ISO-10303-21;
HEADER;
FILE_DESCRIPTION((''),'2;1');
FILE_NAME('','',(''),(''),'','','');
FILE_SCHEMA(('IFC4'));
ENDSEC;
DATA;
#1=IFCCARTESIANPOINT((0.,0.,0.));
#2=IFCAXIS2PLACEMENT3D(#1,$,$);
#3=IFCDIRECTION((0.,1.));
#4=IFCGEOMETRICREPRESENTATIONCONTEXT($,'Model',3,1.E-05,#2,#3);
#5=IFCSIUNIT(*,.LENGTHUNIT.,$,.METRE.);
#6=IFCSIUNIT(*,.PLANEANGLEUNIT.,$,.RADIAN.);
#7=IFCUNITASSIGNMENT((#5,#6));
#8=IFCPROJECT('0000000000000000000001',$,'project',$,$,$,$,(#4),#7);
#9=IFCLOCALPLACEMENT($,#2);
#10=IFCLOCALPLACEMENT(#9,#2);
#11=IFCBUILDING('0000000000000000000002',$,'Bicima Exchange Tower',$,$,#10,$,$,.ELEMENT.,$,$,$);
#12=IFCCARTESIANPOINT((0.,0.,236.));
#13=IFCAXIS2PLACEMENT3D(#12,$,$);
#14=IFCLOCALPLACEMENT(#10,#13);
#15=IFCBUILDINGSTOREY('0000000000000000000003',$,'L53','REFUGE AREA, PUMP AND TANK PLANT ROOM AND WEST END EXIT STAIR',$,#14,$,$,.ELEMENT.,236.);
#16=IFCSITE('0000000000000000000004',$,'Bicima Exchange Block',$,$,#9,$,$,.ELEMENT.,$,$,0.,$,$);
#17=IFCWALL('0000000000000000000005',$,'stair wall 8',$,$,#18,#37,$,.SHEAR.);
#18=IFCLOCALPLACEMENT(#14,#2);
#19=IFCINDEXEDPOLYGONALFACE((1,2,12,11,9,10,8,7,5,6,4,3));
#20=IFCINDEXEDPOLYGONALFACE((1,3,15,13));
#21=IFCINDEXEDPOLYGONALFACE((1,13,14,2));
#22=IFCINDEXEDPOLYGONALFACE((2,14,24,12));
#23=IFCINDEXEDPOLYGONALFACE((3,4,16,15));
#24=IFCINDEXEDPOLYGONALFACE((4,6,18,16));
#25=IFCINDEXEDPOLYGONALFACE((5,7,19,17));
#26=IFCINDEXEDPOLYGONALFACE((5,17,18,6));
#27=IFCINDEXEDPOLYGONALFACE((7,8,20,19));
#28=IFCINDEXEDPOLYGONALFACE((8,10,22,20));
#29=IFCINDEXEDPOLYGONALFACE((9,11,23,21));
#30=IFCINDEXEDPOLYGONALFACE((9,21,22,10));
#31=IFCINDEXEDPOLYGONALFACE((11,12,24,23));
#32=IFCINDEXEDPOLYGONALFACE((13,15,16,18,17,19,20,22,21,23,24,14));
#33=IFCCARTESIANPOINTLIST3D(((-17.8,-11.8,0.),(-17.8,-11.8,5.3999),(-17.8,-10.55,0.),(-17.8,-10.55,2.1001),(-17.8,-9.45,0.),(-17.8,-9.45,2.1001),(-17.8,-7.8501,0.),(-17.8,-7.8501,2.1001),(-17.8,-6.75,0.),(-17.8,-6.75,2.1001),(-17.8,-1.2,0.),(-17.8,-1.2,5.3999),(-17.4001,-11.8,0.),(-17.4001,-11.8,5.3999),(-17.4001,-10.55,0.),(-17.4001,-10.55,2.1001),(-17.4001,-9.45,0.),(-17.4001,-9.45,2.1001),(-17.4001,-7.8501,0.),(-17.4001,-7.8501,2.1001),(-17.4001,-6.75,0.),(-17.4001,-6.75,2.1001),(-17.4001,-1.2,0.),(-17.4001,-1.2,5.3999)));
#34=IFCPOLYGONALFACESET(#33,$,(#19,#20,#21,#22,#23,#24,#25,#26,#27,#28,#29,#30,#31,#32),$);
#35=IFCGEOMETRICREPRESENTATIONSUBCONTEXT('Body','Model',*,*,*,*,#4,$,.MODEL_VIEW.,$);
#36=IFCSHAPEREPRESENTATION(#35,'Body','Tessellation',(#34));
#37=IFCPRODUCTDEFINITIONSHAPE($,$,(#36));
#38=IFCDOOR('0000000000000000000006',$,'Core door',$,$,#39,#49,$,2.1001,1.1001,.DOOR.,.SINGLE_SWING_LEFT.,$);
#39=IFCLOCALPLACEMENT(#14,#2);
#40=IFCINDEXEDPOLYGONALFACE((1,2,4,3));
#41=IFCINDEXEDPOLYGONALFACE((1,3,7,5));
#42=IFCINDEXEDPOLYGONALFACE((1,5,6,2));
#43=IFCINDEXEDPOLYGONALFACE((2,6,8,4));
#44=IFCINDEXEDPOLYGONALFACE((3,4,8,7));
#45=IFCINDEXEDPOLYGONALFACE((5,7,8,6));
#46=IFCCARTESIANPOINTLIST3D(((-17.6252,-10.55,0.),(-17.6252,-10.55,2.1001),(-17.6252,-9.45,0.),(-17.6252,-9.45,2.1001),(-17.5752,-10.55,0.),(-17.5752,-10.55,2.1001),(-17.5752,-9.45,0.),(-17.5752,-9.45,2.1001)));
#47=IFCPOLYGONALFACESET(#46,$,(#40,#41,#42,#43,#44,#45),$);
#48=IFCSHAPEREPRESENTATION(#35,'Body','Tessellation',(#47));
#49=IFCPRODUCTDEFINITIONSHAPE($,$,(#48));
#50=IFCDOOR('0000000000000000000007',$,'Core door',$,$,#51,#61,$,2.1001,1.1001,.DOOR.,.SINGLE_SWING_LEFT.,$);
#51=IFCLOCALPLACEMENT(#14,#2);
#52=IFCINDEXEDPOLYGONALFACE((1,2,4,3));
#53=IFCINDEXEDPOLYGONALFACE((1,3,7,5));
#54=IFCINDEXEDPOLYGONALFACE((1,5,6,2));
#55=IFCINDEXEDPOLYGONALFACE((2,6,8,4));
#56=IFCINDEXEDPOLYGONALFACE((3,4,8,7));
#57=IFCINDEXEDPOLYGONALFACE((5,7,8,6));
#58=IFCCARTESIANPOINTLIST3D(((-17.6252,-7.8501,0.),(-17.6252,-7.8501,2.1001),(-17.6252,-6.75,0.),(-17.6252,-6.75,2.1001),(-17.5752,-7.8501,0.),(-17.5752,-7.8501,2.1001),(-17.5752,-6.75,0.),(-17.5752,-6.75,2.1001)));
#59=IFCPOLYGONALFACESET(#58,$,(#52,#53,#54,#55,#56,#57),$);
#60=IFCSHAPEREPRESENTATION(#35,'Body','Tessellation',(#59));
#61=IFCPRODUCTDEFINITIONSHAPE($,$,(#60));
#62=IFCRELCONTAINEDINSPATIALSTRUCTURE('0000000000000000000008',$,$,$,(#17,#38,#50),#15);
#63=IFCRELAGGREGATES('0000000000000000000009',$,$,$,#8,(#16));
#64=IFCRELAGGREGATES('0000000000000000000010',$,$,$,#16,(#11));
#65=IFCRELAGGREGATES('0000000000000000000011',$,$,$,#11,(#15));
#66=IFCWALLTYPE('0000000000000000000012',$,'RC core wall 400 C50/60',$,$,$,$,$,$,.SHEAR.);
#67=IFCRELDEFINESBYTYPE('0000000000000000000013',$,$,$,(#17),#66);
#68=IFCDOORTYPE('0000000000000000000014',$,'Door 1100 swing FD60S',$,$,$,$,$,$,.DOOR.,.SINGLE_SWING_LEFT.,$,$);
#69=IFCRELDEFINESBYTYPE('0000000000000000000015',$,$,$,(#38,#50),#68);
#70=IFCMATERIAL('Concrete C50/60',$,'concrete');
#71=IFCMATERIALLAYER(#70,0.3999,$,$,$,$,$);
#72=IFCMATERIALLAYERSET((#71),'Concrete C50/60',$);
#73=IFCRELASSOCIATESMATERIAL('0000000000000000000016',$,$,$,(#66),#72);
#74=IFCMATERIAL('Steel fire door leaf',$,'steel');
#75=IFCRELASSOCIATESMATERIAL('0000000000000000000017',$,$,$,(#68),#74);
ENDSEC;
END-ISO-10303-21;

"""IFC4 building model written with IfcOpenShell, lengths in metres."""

from ifc_helpers import new_model, si_unit, direction, frame, frame_2d, origin, place, context, subcontext, project, spatial, rectangle, extrude, material, layer, layer_set, type_object, element, fill, save


model = new_model("IFC4")

# Units and contexts
model_context = context("Model", 3, precision=1e-05, world=origin(), true_north=direction((0.0, 1.0)))
body_context = subcontext(model_context, "Body", "Model", "MODEL_VIEW")
ifc_project = project(units=[si_unit("LENGTHUNIT", "METRE"), si_unit("PLANEANGLEUNIT", "RADIAN")], contexts=[model_context])

# Site, building, storey
site_placement = place(None, origin())
site = spatial("IfcSite", under=ifc_project, at=site_placement, Name="Bicima Exchange Block", CompositionType="ELEMENT", RefElevation=0.0)
building_placement = place(site_placement, origin())
building = spatial("IfcBuilding", under=site, at=building_placement, Name="Bicima Exchange Tower", CompositionType="ELEMENT")
storey_placement = place(building_placement, frame((0.0, 0.0, 236.0)))
storey = spatial("IfcBuildingStorey", under=building, at=storey_placement, Name="L53", Description="REFUGE AREA, PUMP AND TANK PLANT ROOM AND WEST END EXIT STAIR", CompositionType="ELEMENT", Elevation=236.0)

# Shared definitions
ifc_material_1 = material(Name="Concrete C50/60", Category="concrete")
ifc_material_2 = material(Name="Steel fire door leaf", Category="steel")

# Wall, openings, doors
ifc_layer_1 = layer(ifc_material_1, 0.3999)
ifc_layer_set_1 = layer_set([ifc_layer_1], Name="Concrete C50/60")
wall_type_1 = type_object("IfcWallType", Name="RC core wall 400 C50/60", PredefinedType="SHEAR", material=ifc_layer_set_1)
wall_1_placement = place(storey_placement, frame((-17.6001, -11.8, 0.0), z_axis=(0.0, 0.0, 1.0), x_axis=(0.0, 1.0, 0.0)))
wall_1 = element("IfcWall", 1, at=wall_1_placement, inside=storey, type_object=wall_type_1, Name="stair wall 8", PredefinedType="SHEAR", context=body_context, shape_type="SweptSolid", body=[
    extrude(rectangle(XDim=10.6001, YDim=0.3999, at=frame_2d((5.3, 0.0))), origin(), (0.0, 0.0, 1.0), 5.3999),
])
opening_1_placement = place(wall_1_placement, frame((1.25, 0.0, 0.0)))
opening_1 = element("IfcOpeningElement", 2, at=opening_1_placement, cuts=wall_1, PredefinedType="OPENING", context=body_context, shape_type="SweptSolid", body=[
    extrude(rectangle(XDim=1.1001, YDim=2.1001, at=frame_2d((0.55, 1.05))), frame((0.0, 0.2119, 0.0), z_axis=(0.0, -1.0, 0.0), x_axis=(1.0, 0.0, 0.0)), (0.0, 0.0, 1.0), 0.4238),
])
opening_2_placement = place(wall_1_placement, frame((3.95, 0.0, 0.0)))
opening_2 = element("IfcOpeningElement", 3, at=opening_2_placement, cuts=wall_1, PredefinedType="OPENING", context=body_context, shape_type="SweptSolid", body=[
    extrude(rectangle(XDim=1.1001, YDim=2.1001, at=frame_2d((0.55, 1.05))), frame((0.0, 0.2119, 0.0), z_axis=(0.0, -1.0, 0.0), x_axis=(1.0, 0.0, 0.0)), (0.0, 0.0, 1.0), 0.4238),
])
door_type_1 = type_object("IfcDoorType", Name="Door 1100 swing FD60S", OperationType="SINGLE_SWING_LEFT", PredefinedType="DOOR", material=ifc_material_2)
door_1_placement = place(opening_1_placement, frame((1.1001, 0.0, 0.0), z_axis=(0.0, 0.0, 1.0), x_axis=(-1.0, 0.0, 0.0)))
door_1 = element("IfcDoor", 4, at=door_1_placement, inside=storey, type_object=door_type_1, Name="Core door", OperationType="SINGLE_SWING_LEFT", OverallHeight=2.1001, OverallWidth=1.1001, PredefinedType="DOOR", context=body_context, shape_type="SweptSolid", body=[
    extrude(rectangle(XDim=1.1001, YDim=2.1001, at=frame_2d((0.55, 1.05))), frame((0.0, 0.0249, 0.0), z_axis=(0.0, -1.0, 0.0), x_axis=(1.0, 0.0, 0.0)), (0.0, 0.0, 1.0), 0.05),
])
fill(opening_1, door_1)
door_2_placement = place(opening_2_placement, frame((1.1001, 0.0, 0.0), z_axis=(0.0, 0.0, 1.0), x_axis=(-1.0, 0.0, 0.0)))
door_2 = element("IfcDoor", 5, at=door_2_placement, inside=storey, type_object=door_type_1, Name="Core door", OperationType="SINGLE_SWING_LEFT", OverallHeight=2.1001, OverallWidth=1.1001, PredefinedType="DOOR", context=body_context, shape_type="SweptSolid", body=[
    extrude(rectangle(XDim=1.1001, YDim=2.1001, at=frame_2d((0.55, 1.05))), frame((0.0, 0.0249, 0.0), z_axis=(0.0, -1.0, 0.0), x_axis=(1.0, 0.0, 0.0)), (0.0, 0.0, 1.0), 0.05),
])
fill(opening_2, door_2)

save(model, "model.ifc")
